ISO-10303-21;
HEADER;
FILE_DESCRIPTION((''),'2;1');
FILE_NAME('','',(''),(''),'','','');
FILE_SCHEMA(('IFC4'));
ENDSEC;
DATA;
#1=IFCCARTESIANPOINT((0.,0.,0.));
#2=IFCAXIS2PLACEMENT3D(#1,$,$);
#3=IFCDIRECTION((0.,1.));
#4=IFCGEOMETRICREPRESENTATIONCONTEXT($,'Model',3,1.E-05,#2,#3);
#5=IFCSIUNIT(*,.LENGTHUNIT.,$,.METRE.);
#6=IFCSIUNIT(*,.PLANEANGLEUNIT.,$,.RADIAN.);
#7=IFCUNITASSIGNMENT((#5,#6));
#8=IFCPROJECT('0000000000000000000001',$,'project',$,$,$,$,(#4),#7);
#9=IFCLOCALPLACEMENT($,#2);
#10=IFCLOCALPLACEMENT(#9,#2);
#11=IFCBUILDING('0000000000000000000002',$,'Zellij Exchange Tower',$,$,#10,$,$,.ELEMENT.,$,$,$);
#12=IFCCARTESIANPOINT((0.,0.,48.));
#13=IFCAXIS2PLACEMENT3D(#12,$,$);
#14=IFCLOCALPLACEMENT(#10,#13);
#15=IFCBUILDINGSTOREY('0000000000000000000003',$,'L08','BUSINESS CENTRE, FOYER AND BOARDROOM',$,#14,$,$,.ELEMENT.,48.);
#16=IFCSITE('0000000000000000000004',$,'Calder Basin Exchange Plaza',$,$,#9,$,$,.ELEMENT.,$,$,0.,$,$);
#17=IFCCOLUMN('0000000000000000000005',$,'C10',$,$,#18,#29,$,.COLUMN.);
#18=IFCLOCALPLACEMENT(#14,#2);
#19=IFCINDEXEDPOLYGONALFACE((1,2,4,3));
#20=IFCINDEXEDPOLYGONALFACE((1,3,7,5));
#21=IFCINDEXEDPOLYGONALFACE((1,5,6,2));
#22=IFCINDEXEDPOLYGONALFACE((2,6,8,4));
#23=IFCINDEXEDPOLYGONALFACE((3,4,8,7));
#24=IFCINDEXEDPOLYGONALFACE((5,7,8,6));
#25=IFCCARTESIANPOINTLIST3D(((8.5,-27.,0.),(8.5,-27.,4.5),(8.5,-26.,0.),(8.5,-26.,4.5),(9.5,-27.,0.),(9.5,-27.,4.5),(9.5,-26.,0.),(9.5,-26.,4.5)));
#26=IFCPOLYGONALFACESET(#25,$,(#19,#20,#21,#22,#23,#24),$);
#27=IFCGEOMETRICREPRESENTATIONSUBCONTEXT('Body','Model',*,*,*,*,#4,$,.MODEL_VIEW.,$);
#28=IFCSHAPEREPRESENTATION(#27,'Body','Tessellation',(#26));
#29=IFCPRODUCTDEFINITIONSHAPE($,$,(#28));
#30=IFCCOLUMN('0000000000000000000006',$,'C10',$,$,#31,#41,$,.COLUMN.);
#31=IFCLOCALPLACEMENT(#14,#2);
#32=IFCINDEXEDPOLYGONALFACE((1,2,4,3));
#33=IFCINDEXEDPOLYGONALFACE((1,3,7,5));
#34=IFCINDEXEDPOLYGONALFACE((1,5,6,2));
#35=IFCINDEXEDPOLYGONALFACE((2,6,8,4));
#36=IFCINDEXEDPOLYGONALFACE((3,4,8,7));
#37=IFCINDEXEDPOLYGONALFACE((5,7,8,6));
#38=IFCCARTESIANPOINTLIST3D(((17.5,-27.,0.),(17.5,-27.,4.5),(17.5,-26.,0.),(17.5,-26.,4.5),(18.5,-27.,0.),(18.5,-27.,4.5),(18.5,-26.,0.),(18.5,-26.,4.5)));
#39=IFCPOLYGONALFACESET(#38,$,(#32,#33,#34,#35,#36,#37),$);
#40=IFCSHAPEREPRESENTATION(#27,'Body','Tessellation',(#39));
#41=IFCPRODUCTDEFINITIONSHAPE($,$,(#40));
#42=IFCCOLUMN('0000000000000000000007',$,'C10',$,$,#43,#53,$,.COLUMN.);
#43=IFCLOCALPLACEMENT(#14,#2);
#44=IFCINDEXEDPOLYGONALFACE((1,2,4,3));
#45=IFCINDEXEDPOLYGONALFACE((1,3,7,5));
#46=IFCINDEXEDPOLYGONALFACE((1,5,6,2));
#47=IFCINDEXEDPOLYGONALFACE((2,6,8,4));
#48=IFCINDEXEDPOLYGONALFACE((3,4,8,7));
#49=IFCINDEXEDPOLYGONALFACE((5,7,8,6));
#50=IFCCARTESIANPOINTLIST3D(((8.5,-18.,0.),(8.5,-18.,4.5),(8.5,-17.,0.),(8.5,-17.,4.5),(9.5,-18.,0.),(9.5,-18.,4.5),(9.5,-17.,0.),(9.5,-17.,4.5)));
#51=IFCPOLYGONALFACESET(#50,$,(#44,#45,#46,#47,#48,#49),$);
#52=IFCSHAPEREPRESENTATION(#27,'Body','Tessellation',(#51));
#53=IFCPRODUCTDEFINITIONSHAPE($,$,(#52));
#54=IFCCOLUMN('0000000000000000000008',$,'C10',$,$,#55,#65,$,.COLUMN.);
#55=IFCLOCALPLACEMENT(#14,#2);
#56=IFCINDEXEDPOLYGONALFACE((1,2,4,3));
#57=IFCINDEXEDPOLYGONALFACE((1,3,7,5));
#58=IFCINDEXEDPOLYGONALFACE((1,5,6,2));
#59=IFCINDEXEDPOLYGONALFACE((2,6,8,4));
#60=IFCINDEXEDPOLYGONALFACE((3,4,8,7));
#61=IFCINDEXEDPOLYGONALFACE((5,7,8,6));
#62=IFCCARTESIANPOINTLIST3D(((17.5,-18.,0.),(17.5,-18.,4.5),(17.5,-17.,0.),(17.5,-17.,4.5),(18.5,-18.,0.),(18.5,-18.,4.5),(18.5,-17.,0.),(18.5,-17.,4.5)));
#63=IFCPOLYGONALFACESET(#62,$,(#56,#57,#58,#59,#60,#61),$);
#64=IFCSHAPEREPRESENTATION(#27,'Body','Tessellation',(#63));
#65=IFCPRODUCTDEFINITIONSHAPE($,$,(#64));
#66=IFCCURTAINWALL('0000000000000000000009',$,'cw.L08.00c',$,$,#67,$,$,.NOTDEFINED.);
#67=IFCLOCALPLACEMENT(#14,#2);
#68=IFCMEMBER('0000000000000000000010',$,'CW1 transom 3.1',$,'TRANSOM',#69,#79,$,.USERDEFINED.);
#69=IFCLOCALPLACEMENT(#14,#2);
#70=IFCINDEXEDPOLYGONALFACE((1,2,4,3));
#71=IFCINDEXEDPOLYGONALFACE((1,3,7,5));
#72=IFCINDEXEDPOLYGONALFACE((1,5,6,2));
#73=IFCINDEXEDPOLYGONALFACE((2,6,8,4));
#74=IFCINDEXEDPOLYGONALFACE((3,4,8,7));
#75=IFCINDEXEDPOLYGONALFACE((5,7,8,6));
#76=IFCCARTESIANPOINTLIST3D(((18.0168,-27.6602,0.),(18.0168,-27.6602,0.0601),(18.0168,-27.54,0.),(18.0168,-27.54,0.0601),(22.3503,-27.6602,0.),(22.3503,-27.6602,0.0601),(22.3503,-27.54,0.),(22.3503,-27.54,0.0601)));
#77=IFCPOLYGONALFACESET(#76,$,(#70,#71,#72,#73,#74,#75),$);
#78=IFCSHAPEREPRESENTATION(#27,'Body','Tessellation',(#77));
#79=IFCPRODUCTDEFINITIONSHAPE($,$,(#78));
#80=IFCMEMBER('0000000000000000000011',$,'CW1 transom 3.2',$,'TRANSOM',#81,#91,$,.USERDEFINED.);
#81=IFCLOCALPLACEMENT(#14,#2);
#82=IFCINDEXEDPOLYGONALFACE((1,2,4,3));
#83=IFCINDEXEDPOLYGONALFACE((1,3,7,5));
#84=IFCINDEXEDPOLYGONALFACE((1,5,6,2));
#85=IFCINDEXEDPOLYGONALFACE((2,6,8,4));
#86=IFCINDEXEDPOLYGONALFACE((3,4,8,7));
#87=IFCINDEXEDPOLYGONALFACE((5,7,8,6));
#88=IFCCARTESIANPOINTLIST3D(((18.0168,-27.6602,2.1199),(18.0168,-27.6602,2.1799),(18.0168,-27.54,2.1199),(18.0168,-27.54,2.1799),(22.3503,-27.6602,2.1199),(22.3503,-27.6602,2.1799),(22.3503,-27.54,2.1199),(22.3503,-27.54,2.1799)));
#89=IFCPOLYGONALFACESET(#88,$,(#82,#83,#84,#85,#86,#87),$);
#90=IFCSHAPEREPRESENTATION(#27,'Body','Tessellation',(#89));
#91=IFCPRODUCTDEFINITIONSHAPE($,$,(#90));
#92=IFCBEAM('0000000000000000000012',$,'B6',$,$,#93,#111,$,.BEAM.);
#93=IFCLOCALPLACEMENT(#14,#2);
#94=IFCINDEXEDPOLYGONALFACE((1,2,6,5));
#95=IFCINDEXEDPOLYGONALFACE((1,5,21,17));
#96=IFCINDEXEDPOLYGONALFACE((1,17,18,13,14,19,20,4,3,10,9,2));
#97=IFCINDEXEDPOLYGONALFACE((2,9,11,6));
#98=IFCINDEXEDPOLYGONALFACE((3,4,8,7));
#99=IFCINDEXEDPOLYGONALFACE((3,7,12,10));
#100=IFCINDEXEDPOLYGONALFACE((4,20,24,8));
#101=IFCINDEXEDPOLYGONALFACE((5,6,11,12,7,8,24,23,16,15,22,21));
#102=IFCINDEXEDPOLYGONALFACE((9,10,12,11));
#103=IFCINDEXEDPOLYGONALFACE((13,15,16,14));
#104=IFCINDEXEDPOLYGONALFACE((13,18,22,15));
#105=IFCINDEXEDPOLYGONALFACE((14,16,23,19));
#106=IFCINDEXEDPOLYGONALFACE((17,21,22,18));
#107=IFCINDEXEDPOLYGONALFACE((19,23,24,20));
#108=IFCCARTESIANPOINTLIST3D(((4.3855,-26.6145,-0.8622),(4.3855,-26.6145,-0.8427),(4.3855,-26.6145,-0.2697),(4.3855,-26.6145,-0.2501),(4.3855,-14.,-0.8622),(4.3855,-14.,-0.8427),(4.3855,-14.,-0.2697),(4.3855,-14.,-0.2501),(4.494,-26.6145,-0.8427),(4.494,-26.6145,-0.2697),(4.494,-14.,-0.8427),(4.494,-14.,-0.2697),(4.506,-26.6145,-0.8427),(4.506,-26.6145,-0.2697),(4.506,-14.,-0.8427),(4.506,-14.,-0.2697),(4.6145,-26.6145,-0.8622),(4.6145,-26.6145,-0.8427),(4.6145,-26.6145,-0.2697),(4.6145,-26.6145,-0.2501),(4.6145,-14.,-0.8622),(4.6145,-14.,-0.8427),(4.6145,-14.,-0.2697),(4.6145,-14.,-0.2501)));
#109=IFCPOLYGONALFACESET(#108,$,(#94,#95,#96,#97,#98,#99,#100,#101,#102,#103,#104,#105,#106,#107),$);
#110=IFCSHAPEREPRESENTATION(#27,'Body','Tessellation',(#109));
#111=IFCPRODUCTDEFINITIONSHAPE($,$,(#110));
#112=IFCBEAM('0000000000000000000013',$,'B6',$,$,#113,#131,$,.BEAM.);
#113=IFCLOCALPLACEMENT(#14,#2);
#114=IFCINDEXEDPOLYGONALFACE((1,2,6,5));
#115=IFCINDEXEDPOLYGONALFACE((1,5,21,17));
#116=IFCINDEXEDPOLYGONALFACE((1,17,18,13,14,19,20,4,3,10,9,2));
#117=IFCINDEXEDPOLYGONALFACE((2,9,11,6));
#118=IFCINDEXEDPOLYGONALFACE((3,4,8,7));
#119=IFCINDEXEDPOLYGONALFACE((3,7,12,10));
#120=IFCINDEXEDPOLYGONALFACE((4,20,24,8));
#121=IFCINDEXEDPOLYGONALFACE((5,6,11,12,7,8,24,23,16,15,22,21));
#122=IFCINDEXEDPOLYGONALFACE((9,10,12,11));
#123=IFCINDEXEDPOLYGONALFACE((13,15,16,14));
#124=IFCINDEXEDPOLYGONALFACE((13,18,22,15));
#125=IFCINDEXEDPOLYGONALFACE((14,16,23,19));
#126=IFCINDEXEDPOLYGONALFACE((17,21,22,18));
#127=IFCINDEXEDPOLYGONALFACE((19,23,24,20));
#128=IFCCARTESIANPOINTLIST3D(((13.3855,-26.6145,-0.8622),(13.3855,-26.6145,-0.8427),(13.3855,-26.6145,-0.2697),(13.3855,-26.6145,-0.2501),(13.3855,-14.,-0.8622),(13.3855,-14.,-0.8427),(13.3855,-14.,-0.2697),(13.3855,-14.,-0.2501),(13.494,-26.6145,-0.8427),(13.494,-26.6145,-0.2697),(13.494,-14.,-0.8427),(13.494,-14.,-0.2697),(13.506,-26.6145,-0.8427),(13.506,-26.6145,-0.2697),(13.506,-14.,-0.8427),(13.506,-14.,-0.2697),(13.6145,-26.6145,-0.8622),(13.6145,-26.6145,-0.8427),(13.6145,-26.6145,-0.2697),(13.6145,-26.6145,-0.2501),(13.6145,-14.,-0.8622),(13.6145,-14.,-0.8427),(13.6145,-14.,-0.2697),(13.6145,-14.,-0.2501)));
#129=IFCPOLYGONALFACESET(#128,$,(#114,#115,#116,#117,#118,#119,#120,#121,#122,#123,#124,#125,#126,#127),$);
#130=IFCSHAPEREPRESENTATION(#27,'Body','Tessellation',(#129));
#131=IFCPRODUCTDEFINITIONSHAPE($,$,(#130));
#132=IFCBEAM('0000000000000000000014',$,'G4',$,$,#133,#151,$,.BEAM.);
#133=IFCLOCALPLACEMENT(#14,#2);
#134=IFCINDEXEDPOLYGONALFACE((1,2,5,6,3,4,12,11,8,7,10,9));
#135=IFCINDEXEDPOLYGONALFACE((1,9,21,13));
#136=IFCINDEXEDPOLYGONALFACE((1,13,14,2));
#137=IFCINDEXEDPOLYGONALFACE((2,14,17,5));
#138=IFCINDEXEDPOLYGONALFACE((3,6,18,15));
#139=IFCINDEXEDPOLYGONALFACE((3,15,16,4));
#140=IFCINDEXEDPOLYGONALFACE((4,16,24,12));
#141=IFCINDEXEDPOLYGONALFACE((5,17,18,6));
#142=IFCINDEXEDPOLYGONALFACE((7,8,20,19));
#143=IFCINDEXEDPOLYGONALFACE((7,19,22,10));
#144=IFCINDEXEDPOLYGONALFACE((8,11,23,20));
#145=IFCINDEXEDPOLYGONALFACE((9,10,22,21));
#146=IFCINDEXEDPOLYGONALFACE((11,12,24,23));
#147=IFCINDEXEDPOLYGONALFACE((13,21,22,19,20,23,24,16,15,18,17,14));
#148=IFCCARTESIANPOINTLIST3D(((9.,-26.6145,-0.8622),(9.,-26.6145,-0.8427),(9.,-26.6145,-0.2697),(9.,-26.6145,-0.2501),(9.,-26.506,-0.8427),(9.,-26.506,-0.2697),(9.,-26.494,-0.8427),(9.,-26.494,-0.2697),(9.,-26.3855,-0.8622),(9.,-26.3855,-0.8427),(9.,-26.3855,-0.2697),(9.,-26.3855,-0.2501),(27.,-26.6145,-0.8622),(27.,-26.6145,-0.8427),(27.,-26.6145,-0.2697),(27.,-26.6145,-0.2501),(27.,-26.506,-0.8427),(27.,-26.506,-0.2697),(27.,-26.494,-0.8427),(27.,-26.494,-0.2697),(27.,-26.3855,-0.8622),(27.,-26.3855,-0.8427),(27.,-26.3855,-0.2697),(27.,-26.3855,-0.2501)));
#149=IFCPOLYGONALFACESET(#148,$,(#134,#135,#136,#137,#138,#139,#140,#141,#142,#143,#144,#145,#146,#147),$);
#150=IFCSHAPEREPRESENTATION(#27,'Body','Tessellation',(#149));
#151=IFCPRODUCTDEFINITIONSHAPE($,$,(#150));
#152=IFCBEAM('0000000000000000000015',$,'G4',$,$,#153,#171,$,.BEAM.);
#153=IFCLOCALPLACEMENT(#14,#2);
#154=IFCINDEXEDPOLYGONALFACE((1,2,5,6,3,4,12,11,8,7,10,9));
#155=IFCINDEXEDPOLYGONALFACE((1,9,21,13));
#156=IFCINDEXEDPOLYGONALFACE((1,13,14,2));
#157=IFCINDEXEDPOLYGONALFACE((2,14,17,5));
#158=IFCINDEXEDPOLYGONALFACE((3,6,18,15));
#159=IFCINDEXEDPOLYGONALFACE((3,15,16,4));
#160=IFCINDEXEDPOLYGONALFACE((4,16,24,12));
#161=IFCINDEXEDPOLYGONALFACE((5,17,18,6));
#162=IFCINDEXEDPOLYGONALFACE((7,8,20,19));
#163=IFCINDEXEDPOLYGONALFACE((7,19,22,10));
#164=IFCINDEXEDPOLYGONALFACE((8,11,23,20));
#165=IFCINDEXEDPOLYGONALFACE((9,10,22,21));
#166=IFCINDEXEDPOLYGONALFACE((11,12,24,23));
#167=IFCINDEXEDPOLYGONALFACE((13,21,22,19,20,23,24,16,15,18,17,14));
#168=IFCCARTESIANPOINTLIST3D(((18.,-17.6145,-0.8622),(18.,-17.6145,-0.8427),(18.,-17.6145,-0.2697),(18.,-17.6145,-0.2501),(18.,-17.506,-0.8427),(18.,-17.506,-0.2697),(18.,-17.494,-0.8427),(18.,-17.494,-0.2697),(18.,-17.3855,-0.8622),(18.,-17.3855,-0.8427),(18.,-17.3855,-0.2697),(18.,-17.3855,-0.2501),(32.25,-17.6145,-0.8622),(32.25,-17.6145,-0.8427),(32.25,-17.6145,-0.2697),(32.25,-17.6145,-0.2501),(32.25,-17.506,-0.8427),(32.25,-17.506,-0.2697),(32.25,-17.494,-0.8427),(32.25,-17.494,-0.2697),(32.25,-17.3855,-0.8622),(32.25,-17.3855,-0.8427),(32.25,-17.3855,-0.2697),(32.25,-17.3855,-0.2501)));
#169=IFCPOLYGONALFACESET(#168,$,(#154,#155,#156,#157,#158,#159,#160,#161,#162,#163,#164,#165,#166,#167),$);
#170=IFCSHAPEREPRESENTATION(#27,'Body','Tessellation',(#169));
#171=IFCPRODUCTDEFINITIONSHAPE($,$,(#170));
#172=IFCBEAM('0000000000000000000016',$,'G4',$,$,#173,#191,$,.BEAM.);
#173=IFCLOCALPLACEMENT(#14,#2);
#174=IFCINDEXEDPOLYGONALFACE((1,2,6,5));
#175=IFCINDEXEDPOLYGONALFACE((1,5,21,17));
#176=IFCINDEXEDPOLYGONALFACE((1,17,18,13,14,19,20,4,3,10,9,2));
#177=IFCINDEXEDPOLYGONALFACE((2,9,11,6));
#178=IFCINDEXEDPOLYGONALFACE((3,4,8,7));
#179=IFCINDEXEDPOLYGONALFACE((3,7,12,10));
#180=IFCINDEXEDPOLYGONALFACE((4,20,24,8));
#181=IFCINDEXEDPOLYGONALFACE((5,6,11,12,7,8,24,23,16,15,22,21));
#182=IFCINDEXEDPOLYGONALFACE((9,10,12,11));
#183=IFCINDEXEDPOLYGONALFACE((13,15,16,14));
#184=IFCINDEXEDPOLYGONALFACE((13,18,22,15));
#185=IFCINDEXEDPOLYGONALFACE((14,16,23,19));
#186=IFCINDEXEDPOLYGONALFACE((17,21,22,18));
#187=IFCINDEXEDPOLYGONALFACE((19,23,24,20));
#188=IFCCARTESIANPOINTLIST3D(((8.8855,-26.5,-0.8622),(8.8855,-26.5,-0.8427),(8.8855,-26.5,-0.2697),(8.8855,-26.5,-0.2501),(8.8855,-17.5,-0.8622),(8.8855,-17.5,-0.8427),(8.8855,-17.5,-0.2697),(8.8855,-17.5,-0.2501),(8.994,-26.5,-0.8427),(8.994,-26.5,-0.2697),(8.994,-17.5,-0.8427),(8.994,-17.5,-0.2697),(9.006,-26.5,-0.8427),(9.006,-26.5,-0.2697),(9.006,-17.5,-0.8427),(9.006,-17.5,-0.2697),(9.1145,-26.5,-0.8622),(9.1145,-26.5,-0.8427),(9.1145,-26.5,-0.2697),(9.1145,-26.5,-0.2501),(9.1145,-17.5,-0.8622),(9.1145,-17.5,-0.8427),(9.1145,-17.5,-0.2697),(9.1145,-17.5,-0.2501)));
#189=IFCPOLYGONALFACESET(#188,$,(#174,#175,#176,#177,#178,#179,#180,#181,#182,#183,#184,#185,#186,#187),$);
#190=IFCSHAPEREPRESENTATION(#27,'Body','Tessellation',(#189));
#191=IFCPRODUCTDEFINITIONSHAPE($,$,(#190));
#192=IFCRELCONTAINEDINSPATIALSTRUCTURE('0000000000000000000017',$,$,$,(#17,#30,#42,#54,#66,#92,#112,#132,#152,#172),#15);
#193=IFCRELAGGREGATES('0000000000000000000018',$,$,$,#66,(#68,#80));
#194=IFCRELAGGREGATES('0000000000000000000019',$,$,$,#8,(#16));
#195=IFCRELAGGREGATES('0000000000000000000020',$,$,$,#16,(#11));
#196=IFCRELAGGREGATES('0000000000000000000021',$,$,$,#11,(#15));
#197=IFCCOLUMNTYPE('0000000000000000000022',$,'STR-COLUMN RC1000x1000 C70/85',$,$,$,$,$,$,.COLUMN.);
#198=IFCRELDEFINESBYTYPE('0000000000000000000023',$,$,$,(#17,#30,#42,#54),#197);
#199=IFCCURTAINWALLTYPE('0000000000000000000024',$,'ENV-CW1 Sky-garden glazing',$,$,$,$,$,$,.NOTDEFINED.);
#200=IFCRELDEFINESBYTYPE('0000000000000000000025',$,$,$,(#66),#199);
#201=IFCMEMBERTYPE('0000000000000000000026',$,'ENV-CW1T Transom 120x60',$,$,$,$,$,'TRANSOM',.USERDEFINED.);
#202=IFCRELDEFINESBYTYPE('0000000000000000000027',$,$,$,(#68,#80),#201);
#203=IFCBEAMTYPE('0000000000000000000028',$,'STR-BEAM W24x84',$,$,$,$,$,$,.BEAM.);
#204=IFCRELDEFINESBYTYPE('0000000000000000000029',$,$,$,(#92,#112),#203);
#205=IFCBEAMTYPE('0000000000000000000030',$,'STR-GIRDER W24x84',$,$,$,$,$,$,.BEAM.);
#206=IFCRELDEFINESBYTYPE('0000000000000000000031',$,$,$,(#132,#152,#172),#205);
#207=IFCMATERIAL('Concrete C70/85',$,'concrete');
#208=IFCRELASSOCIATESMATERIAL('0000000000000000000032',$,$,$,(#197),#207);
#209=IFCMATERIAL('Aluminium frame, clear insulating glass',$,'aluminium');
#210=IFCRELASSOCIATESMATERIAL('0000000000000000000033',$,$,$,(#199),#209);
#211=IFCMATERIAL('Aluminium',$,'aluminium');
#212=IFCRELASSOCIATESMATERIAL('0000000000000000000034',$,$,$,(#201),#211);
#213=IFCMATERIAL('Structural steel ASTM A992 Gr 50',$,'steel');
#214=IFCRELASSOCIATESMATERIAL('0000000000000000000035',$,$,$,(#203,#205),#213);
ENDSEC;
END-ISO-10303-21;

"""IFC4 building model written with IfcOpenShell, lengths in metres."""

from ifc_helpers import new_model, si_unit, direction, frame, origin, origin_2d, place, context, subcontext, project, spatial, rectangle, i_section, extrude, material, material_profile, profile_set, type_object, element, aggregate, save


model = new_model("IFC4")

# Units and contexts
model_context = context("Model", 3, precision=1e-05, world=origin(), true_north=direction((0.0, 1.0)))
body_context = subcontext(model_context, "Body", "Model", "MODEL_VIEW")
ifc_project = project(units=[si_unit("LENGTHUNIT", "METRE"), si_unit("PLANEANGLEUNIT", "RADIAN")], contexts=[model_context])

# Site, building, storey
site_placement = place(None, origin())
site = spatial("IfcSite", under=ifc_project, at=site_placement, Name="Calder Basin Exchange Plaza", CompositionType="ELEMENT", RefElevation=0.0)
building_placement = place(site_placement, origin())
building = spatial("IfcBuilding", under=site, at=building_placement, Name="Zellij Exchange Tower", CompositionType="ELEMENT")
storey_placement = place(building_placement, frame((0.0, 0.0, 48.0)))
storey = spatial("IfcBuildingStorey", under=building, at=storey_placement, Name="L08", Description="BUSINESS CENTRE, FOYER AND BOARDROOM", CompositionType="ELEMENT", Elevation=48.0)

# Columns
ifc_material_1 = material(Name="Concrete C70/85", Category="concrete")
ifc_material_profile_1 = material_profile(ifc_material_1, rectangle(XDim=1.0, YDim=1.0, at=origin_2d()), Name="STR-COLUMN RC1000x1000 C70/85")
ifc_profile_set_1 = profile_set([ifc_material_profile_1], Name="Concrete C70/85")
column_type = type_object("IfcColumnType", Name="STR-COLUMN RC1000x1000 C70/85", PredefinedType="COLUMN", material=ifc_profile_set_1)
for number, where, z_axis, x_axis, name in (
    (1, (9.0, -26.5, 0.0), (0.0, 0.0, 1.0), (1.0, 0.0, 0.0), "C10"),
    (2, (18.0, -26.5, 0.0), (0.0, 0.0, 1.0), (1.0, 0.0, 0.0), "C10"),
    (3, (9.0, -17.5, 0.0), (0.0, 0.0, 1.0), (1.0, 0.0, 0.0), "C10"),
    (4, (18.0, -17.5, 0.0), (0.0, 0.0, 1.0), (1.0, 0.0, 0.0), "C10"),
):
    element("IfcColumn", number, at=place(storey_placement, frame(where, z_axis=z_axis, x_axis=x_axis)), inside=storey, type_object=column_type, Name=name, PredefinedType="COLUMN", context=body_context, shape_type="SweptSolid", body=[
        extrude(rectangle(XDim=1.0, YDim=1.0, at=origin_2d()), origin(), (0.0, 0.0, 1.0), 4.5),
    ])

# Curtain wall, members
ifc_material_2 = material(Name="Aluminium frame, clear insulating glass", Category="aluminium")
curtain_wall_type = type_object("IfcCurtainWallType", Name="ENV-CW1 Sky-garden glazing", PredefinedType="NOTDEFINED", material=ifc_material_2)
curtain_wall_placement = place(storey_placement, origin())
curtain_wall = element("IfcCurtainWall", 5, at=curtain_wall_placement, inside=storey, type_object=curtain_wall_type, Name="cw.L08.00c", PredefinedType="NOTDEFINED")
ifc_material_3 = material(Name="Aluminium", Category="aluminium")
ifc_material_profile_2 = material_profile(ifc_material_3, rectangle(XDim=0.1201, YDim=0.0601, at=origin_2d()), Name="AL 120x60")
ifc_profile_set_2 = profile_set([ifc_material_profile_2], Name="Aluminium")
member_type = type_object("IfcMemberType", Name="ENV-CW1T Transom 120x60", ElementType="TRANSOM", PredefinedType="USERDEFINED", material=ifc_profile_set_2)
member_1_placement = place(storey_placement, frame((18.0168, -27.6001, 0.03), z_axis=(1.0, 0.0, 0.0), x_axis=(0.0, 1.0, 0.0)))
member_1 = element("IfcMember", 6, at=member_1_placement, type_object=member_type, Name="CW1 transom 3.1", ObjectType="TRANSOM", PredefinedType="USERDEFINED", context=body_context, shape_type="SweptSolid", body=[
    extrude(rectangle(XDim=0.1201, YDim=0.0601, at=origin_2d()), origin(), (0.0, 0.0, 1.0), 4.3335),
])
member_2_placement = place(storey_placement, frame((18.0168, -27.6001, 2.1499), z_axis=(1.0, 0.0, 0.0), x_axis=(0.0, 1.0, 0.0)))
member_2 = element("IfcMember", 7, at=member_2_placement, type_object=member_type, Name="CW1 transom 3.2", ObjectType="TRANSOM", PredefinedType="USERDEFINED", context=body_context, shape_type="SweptSolid", body=[
    extrude(rectangle(XDim=0.1201, YDim=0.0601, at=origin_2d()), origin(), (0.0, 0.0, 1.0), 4.3335),
])
aggregate(curtain_wall, [member_1, member_2])

# Beams
ifc_material_4 = material(Name="Structural steel ASTM A992 Gr 50", Category="steel")
ifc_material_profile_3 = material_profile(ifc_material_4, i_section(OverallWidth=0.229, OverallDepth=0.6121, WebThickness=0.012, FlangeThickness=0.0195, at=origin_2d()), Name="W24x84")
ifc_profile_set_3 = profile_set([ifc_material_profile_3], Name="Structural steel ASTM A992 Gr 50")
beam_type_1 = type_object("IfcBeamType", Name="STR-BEAM W24x84", PredefinedType="BEAM", material=ifc_profile_set_3)
for number, where, z_axis, x_axis, name in (
    (8, (4.5, -26.6145, -0.5562), (0.0, 1.0, 0.0), (-1.0, 0.0, 0.0), "B6"),
    (9, (13.5, -26.6145, -0.5562), (0.0, 1.0, 0.0), (-1.0, 0.0, 0.0), "B6"),
):
    element("IfcBeam", number, at=place(storey_placement, frame(where, z_axis=z_axis, x_axis=x_axis)), inside=storey, type_object=beam_type_1, Name=name, PredefinedType="BEAM", context=body_context, shape_type="SweptSolid", body=[
        extrude(i_section(OverallWidth=0.229, OverallDepth=0.6121, WebThickness=0.012, FlangeThickness=0.0195, at=origin_2d()), origin(), (0.0, 0.0, 1.0), 12.6145),
    ])
ifc_material_profile_4 = material_profile(ifc_material_4, i_section(OverallWidth=0.229, OverallDepth=0.6121, WebThickness=0.012, FlangeThickness=0.0195, at=origin_2d()), Name="W24x84")
ifc_profile_set_4 = profile_set([ifc_material_profile_4], Name="Structural steel ASTM A992 Gr 50")
beam_type_2 = type_object("IfcBeamType", Name="STR-GIRDER W24x84", PredefinedType="BEAM", material=ifc_profile_set_4)
beam_1_placement = place(storey_placement, frame((9.0, -26.5, -0.5562), z_axis=(1.0, 0.0, 0.0), x_axis=(0.0, 1.0, 0.0)))
element("IfcBeam", 10, at=beam_1_placement, inside=storey, type_object=beam_type_2, Name="G4", PredefinedType="BEAM", context=body_context, shape_type="SweptSolid", body=[
    extrude(i_section(OverallWidth=0.229, OverallDepth=0.6121, WebThickness=0.012, FlangeThickness=0.0195, at=origin_2d()), origin(), (0.0, 0.0, 1.0), 18.0),
])
beam_2_placement = place(storey_placement, frame((18.0, -17.5, -0.5562), z_axis=(1.0, 0.0, 0.0), x_axis=(0.0, 1.0, 0.0)))
element("IfcBeam", 11, at=beam_2_placement, inside=storey, type_object=beam_type_2, Name="G4", PredefinedType="BEAM", context=body_context, shape_type="SweptSolid", body=[
    extrude(i_section(OverallWidth=0.229, OverallDepth=0.6121, WebThickness=0.012, FlangeThickness=0.0195, at=origin_2d()), origin(), (0.0, 0.0, 1.0), 14.25),
])
for number, where, z_axis, x_axis, name in (
    (12, (9.0, -26.5, -0.5562), (0.0, 1.0, 0.0), (-1.0, 0.0, 0.0), "G4"),
):
    element("IfcBeam", number, at=place(storey_placement, frame(where, z_axis=z_axis, x_axis=x_axis)), inside=storey, type_object=beam_type_2, Name=name, PredefinedType="BEAM", context=body_context, shape_type="SweptSolid", body=[
        extrude(i_section(OverallWidth=0.229, OverallDepth=0.6121, WebThickness=0.012, FlangeThickness=0.0195, at=origin_2d()), origin(), (0.0, 0.0, 1.0), 9.0),
    ])

save(model, "model.ifc")
